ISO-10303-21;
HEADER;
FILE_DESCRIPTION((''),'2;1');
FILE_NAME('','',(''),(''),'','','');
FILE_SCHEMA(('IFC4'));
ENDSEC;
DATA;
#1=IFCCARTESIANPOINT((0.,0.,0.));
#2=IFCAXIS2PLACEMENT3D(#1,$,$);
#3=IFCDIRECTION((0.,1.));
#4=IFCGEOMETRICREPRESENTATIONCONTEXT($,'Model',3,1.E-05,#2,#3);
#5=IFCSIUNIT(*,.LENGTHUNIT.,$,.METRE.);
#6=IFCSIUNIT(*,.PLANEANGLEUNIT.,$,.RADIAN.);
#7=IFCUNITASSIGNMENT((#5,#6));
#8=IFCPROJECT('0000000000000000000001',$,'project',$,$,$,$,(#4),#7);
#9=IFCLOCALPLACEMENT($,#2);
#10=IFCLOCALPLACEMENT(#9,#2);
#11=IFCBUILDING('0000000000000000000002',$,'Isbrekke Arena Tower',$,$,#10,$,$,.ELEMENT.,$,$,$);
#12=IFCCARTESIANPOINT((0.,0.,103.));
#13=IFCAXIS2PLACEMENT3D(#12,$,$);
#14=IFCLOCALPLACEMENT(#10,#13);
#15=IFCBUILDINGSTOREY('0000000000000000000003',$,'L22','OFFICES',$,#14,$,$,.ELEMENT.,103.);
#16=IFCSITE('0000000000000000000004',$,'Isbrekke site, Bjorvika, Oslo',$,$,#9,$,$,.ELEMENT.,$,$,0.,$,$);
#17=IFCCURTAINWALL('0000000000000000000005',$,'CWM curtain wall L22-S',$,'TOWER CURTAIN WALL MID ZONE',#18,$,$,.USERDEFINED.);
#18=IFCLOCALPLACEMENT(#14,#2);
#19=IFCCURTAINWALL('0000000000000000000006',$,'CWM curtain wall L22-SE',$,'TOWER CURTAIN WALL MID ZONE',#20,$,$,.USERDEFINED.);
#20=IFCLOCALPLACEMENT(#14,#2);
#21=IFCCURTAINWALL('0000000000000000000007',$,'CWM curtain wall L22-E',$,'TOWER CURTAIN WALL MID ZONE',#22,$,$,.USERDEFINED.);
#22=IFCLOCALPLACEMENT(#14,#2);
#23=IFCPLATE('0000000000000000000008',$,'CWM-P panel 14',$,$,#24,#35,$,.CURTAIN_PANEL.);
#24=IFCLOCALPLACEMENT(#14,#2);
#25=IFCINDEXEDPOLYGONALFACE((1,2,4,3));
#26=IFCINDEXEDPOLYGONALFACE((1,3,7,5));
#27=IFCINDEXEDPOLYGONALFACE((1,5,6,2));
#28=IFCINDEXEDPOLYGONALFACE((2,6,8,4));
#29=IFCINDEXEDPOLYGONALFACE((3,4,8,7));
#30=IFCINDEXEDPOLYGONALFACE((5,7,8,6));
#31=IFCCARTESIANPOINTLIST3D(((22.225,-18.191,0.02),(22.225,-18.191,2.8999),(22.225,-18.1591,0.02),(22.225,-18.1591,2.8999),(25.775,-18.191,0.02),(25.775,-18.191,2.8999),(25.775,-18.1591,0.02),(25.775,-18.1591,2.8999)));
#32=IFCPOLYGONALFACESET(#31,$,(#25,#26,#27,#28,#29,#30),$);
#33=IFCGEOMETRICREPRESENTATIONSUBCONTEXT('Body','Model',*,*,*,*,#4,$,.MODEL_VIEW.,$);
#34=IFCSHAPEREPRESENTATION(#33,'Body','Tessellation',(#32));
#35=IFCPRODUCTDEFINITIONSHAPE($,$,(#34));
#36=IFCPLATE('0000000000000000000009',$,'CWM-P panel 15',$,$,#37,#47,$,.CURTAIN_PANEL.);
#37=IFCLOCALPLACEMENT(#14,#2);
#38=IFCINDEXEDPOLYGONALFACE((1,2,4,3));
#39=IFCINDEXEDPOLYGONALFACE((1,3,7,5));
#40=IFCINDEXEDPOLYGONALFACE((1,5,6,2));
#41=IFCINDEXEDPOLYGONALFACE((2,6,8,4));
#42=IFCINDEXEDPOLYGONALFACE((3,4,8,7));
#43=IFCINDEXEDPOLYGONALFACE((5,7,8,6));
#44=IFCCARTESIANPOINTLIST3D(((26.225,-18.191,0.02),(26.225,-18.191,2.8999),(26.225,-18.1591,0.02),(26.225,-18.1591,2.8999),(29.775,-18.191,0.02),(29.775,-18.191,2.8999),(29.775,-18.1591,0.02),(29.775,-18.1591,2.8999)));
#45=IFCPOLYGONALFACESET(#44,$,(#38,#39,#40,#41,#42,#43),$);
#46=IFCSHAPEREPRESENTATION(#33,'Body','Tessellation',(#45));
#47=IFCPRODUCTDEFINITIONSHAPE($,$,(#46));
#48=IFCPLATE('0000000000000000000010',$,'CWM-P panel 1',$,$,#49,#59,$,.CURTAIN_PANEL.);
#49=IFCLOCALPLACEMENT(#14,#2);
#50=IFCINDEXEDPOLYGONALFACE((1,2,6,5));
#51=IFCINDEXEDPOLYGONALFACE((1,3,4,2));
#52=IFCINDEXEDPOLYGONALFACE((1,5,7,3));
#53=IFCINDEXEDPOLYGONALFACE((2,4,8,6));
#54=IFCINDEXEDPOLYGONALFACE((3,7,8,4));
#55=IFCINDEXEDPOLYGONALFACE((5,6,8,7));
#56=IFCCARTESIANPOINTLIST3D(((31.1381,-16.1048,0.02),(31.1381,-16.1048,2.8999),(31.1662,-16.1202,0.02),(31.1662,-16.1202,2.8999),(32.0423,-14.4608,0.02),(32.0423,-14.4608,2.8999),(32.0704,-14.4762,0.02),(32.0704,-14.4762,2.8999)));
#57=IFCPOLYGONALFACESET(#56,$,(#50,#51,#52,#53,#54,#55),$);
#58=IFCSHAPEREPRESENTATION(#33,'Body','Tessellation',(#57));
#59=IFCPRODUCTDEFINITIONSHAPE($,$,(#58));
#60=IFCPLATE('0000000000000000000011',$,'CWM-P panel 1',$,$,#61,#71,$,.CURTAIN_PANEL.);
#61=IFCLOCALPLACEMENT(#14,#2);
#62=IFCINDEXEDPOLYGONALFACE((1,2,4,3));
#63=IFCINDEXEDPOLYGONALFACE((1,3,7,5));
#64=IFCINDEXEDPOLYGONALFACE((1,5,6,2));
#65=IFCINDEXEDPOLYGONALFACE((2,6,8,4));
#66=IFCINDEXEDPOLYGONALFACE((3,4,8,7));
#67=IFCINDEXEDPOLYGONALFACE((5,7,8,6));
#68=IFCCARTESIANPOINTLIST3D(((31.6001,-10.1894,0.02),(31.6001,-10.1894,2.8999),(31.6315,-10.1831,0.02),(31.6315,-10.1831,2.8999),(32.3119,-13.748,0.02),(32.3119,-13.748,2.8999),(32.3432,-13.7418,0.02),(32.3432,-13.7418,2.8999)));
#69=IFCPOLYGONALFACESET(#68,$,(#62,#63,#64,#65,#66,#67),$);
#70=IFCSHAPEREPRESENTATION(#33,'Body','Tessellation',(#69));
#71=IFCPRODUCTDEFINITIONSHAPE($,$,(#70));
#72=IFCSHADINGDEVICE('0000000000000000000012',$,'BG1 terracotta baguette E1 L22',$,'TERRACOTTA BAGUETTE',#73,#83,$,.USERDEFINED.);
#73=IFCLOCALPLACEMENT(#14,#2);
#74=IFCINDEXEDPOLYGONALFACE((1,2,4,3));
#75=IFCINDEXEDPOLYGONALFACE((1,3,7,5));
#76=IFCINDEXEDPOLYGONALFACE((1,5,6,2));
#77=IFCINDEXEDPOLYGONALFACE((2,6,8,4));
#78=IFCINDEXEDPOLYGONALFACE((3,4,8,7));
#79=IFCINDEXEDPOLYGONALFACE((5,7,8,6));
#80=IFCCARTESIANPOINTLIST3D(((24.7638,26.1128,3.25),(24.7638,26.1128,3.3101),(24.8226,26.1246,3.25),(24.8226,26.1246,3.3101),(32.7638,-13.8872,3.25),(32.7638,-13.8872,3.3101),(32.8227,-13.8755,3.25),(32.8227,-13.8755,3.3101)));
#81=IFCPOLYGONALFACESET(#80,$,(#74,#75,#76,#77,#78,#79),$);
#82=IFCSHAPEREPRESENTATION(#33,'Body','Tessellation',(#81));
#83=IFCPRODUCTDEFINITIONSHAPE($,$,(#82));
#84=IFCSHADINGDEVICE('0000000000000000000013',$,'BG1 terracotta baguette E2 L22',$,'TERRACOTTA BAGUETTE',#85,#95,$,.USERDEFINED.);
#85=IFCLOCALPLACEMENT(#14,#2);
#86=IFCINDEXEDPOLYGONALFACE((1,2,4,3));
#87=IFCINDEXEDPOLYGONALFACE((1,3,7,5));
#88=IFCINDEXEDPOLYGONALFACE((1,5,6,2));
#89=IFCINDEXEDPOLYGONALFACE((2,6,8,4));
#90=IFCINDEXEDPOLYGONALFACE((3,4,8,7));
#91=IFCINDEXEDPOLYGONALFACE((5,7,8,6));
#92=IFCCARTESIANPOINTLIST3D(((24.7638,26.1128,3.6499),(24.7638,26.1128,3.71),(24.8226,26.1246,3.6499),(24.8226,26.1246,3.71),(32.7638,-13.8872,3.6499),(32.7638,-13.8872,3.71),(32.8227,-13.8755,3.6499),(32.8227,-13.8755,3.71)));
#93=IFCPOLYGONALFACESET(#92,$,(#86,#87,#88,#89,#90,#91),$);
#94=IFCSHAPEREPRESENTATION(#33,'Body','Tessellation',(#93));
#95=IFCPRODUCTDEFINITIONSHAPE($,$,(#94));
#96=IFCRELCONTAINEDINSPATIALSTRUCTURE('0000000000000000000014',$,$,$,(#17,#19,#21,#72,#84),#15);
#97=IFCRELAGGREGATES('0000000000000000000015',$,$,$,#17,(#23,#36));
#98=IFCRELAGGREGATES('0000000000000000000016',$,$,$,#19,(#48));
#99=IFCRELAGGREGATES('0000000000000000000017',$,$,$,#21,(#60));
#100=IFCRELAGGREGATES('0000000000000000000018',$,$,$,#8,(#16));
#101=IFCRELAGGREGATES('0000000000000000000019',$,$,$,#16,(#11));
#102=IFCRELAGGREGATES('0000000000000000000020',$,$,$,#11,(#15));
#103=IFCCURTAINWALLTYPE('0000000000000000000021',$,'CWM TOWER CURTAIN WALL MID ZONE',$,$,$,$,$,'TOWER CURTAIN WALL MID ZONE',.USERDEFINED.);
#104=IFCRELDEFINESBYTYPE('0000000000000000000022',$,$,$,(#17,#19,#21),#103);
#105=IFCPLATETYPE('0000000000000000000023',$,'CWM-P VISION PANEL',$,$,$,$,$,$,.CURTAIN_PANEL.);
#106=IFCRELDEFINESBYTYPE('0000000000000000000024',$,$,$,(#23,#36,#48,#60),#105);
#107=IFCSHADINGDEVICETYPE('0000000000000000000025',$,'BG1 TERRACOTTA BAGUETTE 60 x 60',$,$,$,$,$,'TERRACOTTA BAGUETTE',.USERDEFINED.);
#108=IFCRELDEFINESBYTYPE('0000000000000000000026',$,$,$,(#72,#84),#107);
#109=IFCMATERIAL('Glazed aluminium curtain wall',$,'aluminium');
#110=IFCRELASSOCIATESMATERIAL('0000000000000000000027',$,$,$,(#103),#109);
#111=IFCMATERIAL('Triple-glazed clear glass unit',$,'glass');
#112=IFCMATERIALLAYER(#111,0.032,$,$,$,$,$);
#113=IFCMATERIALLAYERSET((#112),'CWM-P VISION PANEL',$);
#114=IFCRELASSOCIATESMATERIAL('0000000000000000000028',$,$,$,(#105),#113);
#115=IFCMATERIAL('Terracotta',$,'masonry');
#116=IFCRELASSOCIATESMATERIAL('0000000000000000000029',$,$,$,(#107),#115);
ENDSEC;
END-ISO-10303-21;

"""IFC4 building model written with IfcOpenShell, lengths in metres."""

from ifc_helpers import new_model, si_unit, direction, frame, origin, origin_2d, place, context, subcontext, project, spatial, rectangle, extrude, material, layer, layer_set, material_profile, profile_set, type_object, element, aggregate, save


model = new_model("IFC4")

# Units and contexts
model_context = context("Model", 3, precision=1e-05, world=origin(), true_north=direction((0.0, 1.0)))
body_context = subcontext(model_context, "Body", "Model", "MODEL_VIEW")
ifc_project = project(units=[si_unit("LENGTHUNIT", "METRE"), si_unit("PLANEANGLEUNIT", "RADIAN")], contexts=[model_context])

# Site, building, storey
site_placement = place(None, origin())
site = spatial("IfcSite", under=ifc_project, at=site_placement, Name="Isbrekke site, Bjorvika, Oslo", CompositionType="ELEMENT", RefElevation=0.0)
building_placement = place(site_placement, origin())
building = spatial("IfcBuilding", under=site, at=building_placement, Name="Isbrekke Arena Tower", CompositionType="ELEMENT")
storey_placement = place(building_placement, frame((0.0, 0.0, 103.0)))
storey = spatial("IfcBuildingStorey", under=building, at=storey_placement, Name="L22", Description="OFFICES", CompositionType="ELEMENT", Elevation=103.0)

# Curtain walls
ifc_material_1 = material(Name="Glazed aluminium curtain wall", Category="aluminium")
curtain_wall_type = type_object("IfcCurtainWallType", Name="CWM TOWER CURTAIN WALL MID ZONE", ElementType="TOWER CURTAIN WALL MID ZONE", PredefinedType="USERDEFINED", material=ifc_material_1)
curtain_wall_1_placement = place(storey_placement, origin())
curtain_wall_1 = element("IfcCurtainWall", 1, at=curtain_wall_1_placement, inside=storey, type_object=curtain_wall_type, Name="CWM curtain wall L22-S", ObjectType="TOWER CURTAIN WALL MID ZONE", PredefinedType="USERDEFINED")
curtain_wall_2_placement = place(storey_placement, origin())
curtain_wall_2 = element("IfcCurtainWall", 2, at=curtain_wall_2_placement, inside=storey, type_object=curtain_wall_type, Name="CWM curtain wall L22-SE", ObjectType="TOWER CURTAIN WALL MID ZONE", PredefinedType="USERDEFINED")

# Curtain wall
curtain_wall_3_placement = place(storey_placement, origin())
curtain_wall_3 = element("IfcCurtainWall", 3, at=curtain_wall_3_placement, inside=storey, type_object=curtain_wall_type, Name="CWM curtain wall L22-E", ObjectType="TOWER CURTAIN WALL MID ZONE", PredefinedType="USERDEFINED")

# Plates
ifc_material_2 = material(Name="Triple-glazed clear glass unit", Category="glass")
ifc_layer = layer(ifc_material_2, 0.032)
ifc_layer_set = layer_set([ifc_layer], Name="CWM-P VISION PANEL")
plate_type = type_object("IfcPlateType", Name="CWM-P VISION PANEL", PredefinedType="CURTAIN_PANEL", material=ifc_layer_set)
plate_1_placement = place(storey_placement, frame((24.0, -18.175, 0.02), z_axis=(0.0, 0.0, 1.0), x_axis=(1.0, 0.0, 0.0)))
plate_1 = element("IfcPlate", 4, at=plate_1_placement, type_object=plate_type, Name="CWM-P panel 14", PredefinedType="CURTAIN_PANEL", context=body_context, shape_type="SweptSolid", body=[
    extrude(rectangle(XDim=3.55, YDim=0.032, at=origin_2d()), origin(), (0.0, 0.0, 1.0), 2.8799),
])
plate_2_placement = place(storey_placement, frame((28.0, -18.175, 0.02), z_axis=(0.0, 0.0, 1.0), x_axis=(1.0, 0.0, 0.0)))
plate_2 = element("IfcPlate", 5, at=plate_2_placement, type_object=plate_type, Name="CWM-P panel 15", PredefinedType="CURTAIN_PANEL", context=body_context, shape_type="SweptSolid", body=[
    extrude(rectangle(XDim=3.55, YDim=0.032, at=origin_2d()), origin(), (0.0, 0.0, 1.0), 2.8799),
])
aggregate(curtain_wall_1, [plate_1, plate_2])
plate_3_placement = place(storey_placement, frame((31.6042, -15.2905, 0.02), z_axis=(0.0, 0.0, 1.0), x_axis=(0.481919, 0.876216, 0.0)))
plate_3 = element("IfcPlate", 6, at=plate_3_placement, type_object=plate_type, Name="CWM-P panel 1", PredefinedType="CURTAIN_PANEL", context=body_context, shape_type="SweptSolid", body=[
    extrude(rectangle(XDim=1.8762, YDim=0.032, at=origin_2d()), origin(), (0.0, 0.0, 1.0), 2.8799),
])
aggregate(curtain_wall_2, [plate_3])
plate_4_placement = place(storey_placement, frame((31.9717, -11.9656, 0.02), z_axis=(0.0, 0.0, 1.0), x_axis=(-0.196116, 0.980581, 0.0)))
plate_4 = element("IfcPlate", 7, at=plate_4_placement, type_object=plate_type, Name="CWM-P panel 1", PredefinedType="CURTAIN_PANEL", context=body_context, shape_type="SweptSolid", body=[
    extrude(rectangle(XDim=3.6292, YDim=0.032, at=origin_2d()), origin(), (0.0, 0.0, 1.0), 2.8799),
])
aggregate(curtain_wall_3, [plate_4])

# Shading devices
ifc_material_3 = material(Name="Terracotta", Category="masonry")
ifc_material_profile_1 = material_profile(ifc_material_3, rectangle(XDim=0.0601, YDim=0.0601, at=origin_2d()), Name="BAGUETTE 60X60")
ifc_profile_set_1 = profile_set([ifc_material_profile_1], Name="Terracotta")
shading_device_type = type_object("IfcShadingDeviceType", Name="BG1 TERRACOTTA BAGUETTE 60 x 60", ElementType="TERRACOTTA BAGUETTE", PredefinedType="USERDEFINED", material=ifc_profile_set_1)
for number, where, z_axis, x_axis, name in (
    (8, (32.7932, -13.8813, 3.28), (-0.196116, 0.980581, 0.0), (-0.980581, -0.196116, 0.0), "BG1 terracotta baguette E1 L22"),
    (9, (32.7932, -13.8813, 3.6799), (-0.196116, 0.980581, 0.0), (-0.980581, -0.196116, 0.0), "BG1 terracotta baguette E2 L22"),
):
    element("IfcShadingDevice", number, at=place(storey_placement, frame(where, z_axis=z_axis, x_axis=x_axis)), inside=storey, type_object=shading_device_type, Name=name, ObjectType="TERRACOTTA BAGUETTE", PredefinedType="USERDEFINED", context=body_context, shape_type="SweptSolid", body=[
        extrude(rectangle(XDim=0.0601, YDim=0.0601, at=origin_2d()), origin(), (0.0, 0.0, 1.0), 40.7922),
    ])

save(model, "model.ifc")
